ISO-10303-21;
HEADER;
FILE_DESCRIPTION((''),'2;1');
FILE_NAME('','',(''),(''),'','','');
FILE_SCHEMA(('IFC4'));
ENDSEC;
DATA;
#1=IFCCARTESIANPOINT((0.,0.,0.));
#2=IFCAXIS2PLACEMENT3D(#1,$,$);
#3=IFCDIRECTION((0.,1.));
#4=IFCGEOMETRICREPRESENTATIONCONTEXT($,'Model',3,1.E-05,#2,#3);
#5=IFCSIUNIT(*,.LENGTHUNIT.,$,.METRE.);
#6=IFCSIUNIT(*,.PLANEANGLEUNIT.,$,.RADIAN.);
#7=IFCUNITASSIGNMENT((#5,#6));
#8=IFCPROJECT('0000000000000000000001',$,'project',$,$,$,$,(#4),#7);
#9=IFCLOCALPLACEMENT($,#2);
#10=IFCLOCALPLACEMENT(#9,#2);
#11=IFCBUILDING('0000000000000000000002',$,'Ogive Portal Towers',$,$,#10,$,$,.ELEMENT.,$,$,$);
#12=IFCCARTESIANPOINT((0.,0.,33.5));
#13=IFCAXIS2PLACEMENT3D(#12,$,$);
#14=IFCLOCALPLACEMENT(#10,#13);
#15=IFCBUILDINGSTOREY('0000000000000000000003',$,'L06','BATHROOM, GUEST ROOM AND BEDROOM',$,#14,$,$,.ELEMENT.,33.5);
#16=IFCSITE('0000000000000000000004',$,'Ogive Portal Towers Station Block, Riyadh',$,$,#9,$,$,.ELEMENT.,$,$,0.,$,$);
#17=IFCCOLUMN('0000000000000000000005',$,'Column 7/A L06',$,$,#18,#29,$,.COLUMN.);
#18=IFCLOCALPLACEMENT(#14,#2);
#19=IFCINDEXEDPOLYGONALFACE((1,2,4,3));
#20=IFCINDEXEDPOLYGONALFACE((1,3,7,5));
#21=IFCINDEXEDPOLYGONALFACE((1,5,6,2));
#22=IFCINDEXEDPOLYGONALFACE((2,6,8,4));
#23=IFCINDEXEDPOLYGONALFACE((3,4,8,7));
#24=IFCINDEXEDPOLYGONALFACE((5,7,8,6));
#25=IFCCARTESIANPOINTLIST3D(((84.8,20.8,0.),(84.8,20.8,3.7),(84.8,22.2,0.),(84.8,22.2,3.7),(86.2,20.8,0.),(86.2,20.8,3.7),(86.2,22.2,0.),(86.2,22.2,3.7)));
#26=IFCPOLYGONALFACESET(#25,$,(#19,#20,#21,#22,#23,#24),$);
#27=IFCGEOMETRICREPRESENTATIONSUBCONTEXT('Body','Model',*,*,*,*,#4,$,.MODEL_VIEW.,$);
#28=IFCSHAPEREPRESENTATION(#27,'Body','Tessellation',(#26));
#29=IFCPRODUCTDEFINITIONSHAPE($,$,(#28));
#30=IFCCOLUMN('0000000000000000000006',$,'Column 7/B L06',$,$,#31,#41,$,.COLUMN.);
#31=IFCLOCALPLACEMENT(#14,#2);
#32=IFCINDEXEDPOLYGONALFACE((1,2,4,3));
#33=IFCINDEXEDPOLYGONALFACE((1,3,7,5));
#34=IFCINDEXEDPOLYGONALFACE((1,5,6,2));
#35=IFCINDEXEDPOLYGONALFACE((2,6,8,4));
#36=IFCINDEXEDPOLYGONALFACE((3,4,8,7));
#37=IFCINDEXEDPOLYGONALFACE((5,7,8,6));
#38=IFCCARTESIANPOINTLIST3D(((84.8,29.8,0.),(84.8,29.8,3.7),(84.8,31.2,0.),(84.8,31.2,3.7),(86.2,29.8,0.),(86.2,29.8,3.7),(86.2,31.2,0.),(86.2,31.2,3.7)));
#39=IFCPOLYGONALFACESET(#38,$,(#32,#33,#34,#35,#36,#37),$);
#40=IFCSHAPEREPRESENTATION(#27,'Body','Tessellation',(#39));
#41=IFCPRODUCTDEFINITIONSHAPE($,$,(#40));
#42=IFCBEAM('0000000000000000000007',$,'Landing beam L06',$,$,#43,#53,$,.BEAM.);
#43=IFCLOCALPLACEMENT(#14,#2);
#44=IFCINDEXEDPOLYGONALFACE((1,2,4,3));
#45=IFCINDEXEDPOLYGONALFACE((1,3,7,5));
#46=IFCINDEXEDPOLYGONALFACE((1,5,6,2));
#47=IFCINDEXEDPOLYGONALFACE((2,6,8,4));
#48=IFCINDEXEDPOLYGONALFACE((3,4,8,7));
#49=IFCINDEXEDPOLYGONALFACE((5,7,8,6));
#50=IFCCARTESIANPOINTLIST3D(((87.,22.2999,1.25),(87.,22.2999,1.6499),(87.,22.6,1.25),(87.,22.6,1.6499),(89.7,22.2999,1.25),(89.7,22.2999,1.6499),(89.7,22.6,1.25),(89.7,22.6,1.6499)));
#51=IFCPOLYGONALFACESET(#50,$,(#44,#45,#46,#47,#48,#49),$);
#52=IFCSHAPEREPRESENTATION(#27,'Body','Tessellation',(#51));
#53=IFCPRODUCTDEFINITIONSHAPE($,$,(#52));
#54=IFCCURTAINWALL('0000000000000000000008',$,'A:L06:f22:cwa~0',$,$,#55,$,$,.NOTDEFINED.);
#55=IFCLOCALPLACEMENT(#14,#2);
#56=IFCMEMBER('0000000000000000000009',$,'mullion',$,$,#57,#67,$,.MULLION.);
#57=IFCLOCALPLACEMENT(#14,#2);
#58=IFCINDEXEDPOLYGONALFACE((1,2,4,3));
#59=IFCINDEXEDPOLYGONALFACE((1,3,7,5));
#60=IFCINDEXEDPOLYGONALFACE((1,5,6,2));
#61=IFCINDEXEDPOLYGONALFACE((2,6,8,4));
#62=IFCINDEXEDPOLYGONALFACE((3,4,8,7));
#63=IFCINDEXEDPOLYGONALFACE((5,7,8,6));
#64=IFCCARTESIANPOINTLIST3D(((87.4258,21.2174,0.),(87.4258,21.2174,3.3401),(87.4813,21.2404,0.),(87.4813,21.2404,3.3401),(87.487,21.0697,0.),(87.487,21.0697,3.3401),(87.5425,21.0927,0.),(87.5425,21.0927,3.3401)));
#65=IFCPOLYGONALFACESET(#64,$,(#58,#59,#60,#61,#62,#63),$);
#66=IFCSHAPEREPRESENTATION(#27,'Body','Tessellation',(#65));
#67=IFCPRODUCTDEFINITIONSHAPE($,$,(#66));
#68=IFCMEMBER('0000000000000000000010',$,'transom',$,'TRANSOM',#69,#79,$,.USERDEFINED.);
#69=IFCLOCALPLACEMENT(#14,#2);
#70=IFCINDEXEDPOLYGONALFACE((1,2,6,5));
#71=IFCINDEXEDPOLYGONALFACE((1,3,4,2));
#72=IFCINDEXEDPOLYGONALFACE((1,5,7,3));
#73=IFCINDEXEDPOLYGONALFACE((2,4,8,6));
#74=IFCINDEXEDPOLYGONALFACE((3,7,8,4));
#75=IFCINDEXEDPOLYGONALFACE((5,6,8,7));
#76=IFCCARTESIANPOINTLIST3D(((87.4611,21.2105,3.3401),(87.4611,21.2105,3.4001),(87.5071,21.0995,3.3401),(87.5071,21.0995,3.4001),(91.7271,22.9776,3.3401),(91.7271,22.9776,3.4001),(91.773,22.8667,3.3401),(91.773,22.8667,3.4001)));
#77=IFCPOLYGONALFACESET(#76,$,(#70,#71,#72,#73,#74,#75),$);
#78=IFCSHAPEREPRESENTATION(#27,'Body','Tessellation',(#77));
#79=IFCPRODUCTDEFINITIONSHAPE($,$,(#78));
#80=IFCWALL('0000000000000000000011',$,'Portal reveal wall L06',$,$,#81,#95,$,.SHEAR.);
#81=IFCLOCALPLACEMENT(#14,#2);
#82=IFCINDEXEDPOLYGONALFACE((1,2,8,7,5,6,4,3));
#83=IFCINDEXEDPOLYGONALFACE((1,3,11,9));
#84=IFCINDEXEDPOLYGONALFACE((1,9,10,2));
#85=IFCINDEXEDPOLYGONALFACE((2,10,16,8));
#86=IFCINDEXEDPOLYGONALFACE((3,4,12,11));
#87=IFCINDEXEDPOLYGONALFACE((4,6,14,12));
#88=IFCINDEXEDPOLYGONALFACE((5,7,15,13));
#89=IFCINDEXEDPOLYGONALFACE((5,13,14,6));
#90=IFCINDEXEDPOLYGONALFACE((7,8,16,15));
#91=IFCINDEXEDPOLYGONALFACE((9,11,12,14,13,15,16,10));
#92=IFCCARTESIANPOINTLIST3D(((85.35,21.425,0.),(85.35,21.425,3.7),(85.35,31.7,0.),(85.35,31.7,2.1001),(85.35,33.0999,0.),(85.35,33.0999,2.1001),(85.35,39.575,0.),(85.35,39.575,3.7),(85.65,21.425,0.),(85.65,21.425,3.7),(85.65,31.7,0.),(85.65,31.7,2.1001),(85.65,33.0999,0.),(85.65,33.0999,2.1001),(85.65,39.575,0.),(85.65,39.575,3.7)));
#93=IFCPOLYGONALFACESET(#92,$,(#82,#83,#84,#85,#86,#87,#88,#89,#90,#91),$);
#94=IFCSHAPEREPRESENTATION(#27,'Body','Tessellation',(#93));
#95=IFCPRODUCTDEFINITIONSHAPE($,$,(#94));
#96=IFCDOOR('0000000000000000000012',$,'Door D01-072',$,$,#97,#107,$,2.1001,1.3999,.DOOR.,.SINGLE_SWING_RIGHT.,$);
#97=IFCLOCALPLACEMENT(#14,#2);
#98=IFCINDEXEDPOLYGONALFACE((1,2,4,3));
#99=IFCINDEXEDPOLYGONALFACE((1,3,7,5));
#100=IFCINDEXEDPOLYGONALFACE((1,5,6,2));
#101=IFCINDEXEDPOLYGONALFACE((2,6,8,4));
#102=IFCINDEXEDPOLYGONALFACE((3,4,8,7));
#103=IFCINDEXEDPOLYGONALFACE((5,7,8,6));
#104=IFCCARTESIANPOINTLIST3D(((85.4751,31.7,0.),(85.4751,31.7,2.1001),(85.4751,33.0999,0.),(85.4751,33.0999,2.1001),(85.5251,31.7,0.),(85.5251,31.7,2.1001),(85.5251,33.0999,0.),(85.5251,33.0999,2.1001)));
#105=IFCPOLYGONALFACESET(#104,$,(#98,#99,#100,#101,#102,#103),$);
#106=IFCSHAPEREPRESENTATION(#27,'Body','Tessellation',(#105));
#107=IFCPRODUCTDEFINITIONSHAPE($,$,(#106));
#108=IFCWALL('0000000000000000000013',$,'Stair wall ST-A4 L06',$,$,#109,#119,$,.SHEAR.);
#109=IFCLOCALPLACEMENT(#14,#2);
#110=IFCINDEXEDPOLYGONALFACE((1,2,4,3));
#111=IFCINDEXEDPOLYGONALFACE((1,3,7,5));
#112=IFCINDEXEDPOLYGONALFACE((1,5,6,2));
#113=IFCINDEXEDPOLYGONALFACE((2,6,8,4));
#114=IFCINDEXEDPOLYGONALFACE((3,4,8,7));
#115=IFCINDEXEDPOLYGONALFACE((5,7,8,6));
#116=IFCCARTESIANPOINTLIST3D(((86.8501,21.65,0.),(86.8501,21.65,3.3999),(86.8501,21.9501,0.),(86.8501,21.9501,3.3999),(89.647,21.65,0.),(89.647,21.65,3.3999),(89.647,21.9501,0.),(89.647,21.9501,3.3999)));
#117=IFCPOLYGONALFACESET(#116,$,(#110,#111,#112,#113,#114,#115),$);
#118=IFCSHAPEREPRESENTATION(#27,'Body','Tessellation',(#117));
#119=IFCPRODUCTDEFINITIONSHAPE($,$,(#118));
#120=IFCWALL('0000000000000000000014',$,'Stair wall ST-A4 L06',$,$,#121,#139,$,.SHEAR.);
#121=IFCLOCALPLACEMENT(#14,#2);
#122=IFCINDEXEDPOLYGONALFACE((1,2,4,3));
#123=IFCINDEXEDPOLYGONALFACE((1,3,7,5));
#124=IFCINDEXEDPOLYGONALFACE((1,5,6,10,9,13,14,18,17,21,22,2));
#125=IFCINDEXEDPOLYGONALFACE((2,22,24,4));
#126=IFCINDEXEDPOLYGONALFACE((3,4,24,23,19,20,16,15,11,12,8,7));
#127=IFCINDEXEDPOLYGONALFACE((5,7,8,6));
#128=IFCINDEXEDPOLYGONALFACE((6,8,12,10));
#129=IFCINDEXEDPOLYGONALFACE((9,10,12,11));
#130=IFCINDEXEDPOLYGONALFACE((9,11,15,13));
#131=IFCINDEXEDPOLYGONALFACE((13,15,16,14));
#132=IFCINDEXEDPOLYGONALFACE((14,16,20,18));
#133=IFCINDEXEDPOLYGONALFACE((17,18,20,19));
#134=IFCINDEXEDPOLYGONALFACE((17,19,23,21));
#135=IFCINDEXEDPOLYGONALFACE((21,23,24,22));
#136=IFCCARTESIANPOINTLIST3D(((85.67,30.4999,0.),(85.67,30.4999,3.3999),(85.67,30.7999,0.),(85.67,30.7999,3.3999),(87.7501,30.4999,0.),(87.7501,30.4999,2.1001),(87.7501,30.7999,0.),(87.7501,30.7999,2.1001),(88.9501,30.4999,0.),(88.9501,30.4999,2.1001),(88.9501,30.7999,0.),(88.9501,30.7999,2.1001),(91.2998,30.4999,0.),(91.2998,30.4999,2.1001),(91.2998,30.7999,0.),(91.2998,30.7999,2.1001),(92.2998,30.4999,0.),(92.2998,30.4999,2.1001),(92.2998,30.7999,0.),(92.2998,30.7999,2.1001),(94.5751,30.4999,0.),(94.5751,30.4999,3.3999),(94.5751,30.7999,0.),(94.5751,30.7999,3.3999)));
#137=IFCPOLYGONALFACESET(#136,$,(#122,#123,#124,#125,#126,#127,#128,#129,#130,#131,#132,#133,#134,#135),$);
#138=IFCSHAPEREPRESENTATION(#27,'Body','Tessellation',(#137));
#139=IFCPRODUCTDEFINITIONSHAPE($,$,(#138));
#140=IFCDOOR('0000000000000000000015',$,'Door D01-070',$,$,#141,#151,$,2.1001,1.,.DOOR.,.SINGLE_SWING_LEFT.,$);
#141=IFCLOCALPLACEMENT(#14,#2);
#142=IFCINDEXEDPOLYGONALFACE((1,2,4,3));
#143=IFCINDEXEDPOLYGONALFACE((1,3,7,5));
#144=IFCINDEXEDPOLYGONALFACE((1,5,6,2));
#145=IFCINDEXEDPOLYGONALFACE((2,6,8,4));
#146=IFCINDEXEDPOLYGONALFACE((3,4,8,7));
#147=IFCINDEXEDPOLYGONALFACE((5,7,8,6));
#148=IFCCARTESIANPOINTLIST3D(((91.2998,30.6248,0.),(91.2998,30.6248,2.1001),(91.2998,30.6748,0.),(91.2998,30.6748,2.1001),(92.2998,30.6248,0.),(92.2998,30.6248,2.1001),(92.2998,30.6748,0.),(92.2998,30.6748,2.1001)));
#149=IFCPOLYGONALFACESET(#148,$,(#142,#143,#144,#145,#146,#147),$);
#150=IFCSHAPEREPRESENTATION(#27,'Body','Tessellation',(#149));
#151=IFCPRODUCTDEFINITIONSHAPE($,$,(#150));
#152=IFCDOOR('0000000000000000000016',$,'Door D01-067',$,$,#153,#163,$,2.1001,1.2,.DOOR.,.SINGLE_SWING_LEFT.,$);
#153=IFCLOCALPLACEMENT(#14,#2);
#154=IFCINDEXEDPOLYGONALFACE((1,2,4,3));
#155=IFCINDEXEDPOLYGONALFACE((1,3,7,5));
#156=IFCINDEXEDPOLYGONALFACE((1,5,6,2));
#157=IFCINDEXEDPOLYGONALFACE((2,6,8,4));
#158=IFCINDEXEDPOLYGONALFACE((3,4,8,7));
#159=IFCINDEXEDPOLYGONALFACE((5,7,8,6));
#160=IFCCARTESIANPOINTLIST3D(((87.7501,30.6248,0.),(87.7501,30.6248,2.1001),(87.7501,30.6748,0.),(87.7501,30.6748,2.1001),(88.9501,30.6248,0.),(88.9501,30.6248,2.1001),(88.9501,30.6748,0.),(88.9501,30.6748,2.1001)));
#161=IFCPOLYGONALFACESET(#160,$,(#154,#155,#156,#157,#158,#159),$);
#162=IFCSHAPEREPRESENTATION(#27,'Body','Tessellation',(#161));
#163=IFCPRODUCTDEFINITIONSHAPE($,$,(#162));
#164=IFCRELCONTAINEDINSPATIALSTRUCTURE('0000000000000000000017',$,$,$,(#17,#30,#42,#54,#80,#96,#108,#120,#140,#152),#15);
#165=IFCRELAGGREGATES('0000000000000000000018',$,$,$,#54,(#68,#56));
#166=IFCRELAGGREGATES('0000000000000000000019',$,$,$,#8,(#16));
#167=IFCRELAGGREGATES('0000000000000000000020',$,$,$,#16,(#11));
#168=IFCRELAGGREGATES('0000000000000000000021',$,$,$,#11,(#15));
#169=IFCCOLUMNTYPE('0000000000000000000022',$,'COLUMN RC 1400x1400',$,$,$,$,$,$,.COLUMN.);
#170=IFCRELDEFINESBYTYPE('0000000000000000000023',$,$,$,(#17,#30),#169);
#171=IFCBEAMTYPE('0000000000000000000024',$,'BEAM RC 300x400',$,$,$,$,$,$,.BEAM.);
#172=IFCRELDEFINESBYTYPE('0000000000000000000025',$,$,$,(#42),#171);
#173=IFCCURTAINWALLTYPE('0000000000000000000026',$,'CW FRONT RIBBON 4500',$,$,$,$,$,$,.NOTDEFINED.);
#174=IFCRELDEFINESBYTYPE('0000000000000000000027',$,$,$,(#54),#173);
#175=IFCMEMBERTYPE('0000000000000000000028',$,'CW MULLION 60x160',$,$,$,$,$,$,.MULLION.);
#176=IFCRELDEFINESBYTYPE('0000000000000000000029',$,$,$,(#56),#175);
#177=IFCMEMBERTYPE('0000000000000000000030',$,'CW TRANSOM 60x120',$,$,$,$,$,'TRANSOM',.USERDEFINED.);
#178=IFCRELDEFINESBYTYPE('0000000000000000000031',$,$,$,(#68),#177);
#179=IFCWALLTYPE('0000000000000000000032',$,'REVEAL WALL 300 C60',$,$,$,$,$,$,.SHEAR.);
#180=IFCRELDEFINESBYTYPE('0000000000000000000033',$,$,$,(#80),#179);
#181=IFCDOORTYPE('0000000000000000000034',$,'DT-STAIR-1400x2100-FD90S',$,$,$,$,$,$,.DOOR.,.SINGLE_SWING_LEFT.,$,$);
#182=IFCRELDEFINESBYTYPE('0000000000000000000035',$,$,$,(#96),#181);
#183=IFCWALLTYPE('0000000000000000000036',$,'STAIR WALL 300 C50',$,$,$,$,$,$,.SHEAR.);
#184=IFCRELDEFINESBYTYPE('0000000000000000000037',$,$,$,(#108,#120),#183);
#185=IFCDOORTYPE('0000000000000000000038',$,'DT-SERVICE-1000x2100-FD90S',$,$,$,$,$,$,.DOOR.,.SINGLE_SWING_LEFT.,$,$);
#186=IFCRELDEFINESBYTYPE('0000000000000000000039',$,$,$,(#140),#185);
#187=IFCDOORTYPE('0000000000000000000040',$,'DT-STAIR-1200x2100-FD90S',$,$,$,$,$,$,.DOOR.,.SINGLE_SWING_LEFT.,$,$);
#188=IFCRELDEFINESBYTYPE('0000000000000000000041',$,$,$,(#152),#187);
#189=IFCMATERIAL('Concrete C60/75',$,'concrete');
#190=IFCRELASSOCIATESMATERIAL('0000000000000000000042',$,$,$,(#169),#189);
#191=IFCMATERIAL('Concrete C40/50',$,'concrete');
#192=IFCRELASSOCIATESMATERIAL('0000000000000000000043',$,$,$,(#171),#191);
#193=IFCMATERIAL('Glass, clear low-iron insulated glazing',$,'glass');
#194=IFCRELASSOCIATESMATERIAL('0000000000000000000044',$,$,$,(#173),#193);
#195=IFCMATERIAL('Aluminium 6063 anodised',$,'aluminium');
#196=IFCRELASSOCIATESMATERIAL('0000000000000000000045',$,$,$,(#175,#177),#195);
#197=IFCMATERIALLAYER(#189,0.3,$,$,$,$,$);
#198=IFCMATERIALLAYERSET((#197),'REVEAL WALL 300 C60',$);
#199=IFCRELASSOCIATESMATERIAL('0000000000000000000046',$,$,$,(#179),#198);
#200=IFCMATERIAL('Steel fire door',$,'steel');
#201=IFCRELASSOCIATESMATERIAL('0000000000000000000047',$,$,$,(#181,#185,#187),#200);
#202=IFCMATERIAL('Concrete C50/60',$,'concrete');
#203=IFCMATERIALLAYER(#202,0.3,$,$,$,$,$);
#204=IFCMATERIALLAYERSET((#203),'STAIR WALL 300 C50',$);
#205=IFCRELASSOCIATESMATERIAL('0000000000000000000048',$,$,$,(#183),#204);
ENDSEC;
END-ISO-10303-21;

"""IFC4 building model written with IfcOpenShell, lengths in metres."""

from ifc_helpers import new_model, si_unit, direction, frame, frame_2d, origin, origin_2d, place, context, subcontext, project, spatial, rectangle, extrude, material, layer, layer_set, material_profile, profile_set, type_object, element, fill, aggregate, save


model = new_model("IFC4")

# Units and contexts
model_context = context("Model", 3, precision=1e-05, world=origin(), true_north=direction((0.0, 1.0)))
body_context = subcontext(model_context, "Body", "Model", "MODEL_VIEW")
ifc_project = project(units=[si_unit("LENGTHUNIT", "METRE"), si_unit("PLANEANGLEUNIT", "RADIAN")], contexts=[model_context])

# Site, building, storey
site_placement = place(None, origin())
site = spatial("IfcSite", under=ifc_project, at=site_placement, Name="Ogive Portal Towers Station Block, Riyadh", CompositionType="ELEMENT", RefElevation=0.0)
building_placement = place(site_placement, origin())
building = spatial("IfcBuilding", under=site, at=building_placement, Name="Ogive Portal Towers", CompositionType="ELEMENT")
storey_placement = place(building_placement, frame((0.0, 0.0, 33.5)))
storey = spatial("IfcBuildingStorey", under=building, at=storey_placement, Name="L06", Description="BATHROOM, GUEST ROOM AND BEDROOM", CompositionType="ELEMENT", Elevation=33.5)

# Columns
ifc_material_1 = material(Name="Concrete C60/75", Category="concrete")
ifc_material_profile_1 = material_profile(ifc_material_1, rectangle(XDim=1.3999, YDim=1.3999, at=origin_2d()), Name="RC 1400x1400")
ifc_profile_set_1 = profile_set([ifc_material_profile_1], Name="Concrete C60/75")
column_type = type_object("IfcColumnType", Name="COLUMN RC 1400x1400", PredefinedType="COLUMN", material=ifc_profile_set_1)
for number, where, z_axis, x_axis, name in (
    (1, (85.5, 21.5, 0.0), (0.0, 0.0, 1.0), (1.0, 0.0, 0.0), "Column 7/A L06"),
    (2, (85.5, 30.5, 0.0), (0.0, 0.0, 1.0), (1.0, 0.0, 0.0), "Column 7/B L06"),
):
    element("IfcColumn", number, at=place(storey_placement, frame(where, z_axis=z_axis, x_axis=x_axis)), inside=storey, type_object=column_type, Name=name, PredefinedType="COLUMN", context=body_context, shape_type="SweptSolid", body=[
        extrude(rectangle(XDim=1.3999, YDim=1.3999, at=origin_2d()), origin(), (0.0, 0.0, 1.0), 3.7),
    ])

# Beam
ifc_material_2 = material(Name="Concrete C40/50", Category="concrete")
ifc_material_profile_2 = material_profile(ifc_material_2, rectangle(XDim=0.3, YDim=0.3999, at=origin_2d()), Name="RC 300x400")
ifc_profile_set_2 = profile_set([ifc_material_profile_2], Name="Concrete C40/50")
beam_type = type_object("IfcBeamType", Name="BEAM RC 300x400", PredefinedType="BEAM", material=ifc_profile_set_2)
beam_placement = place(storey_placement, frame((87.0, 22.45, 1.45), z_axis=(1.0, 0.0, 0.0), x_axis=(0.0, 1.0, 0.0)))
element("IfcBeam", 3, at=beam_placement, inside=storey, type_object=beam_type, Name="Landing beam L06", PredefinedType="BEAM", context=body_context, shape_type="SweptSolid", body=[
    extrude(rectangle(XDim=0.3, YDim=0.3999, at=origin_2d()), origin(), (0.0, 0.0, 1.0), 2.7),
])

# Curtain wall, members
ifc_material_3 = material(Name="Glass, clear low-iron insulated glazing", Category="glass")
curtain_wall_type = type_object("IfcCurtainWallType", Name="CW FRONT RIBBON 4500", PredefinedType="NOTDEFINED", material=ifc_material_3)
curtain_wall_placement = place(storey_placement, origin())
curtain_wall = element("IfcCurtainWall", 4, at=curtain_wall_placement, inside=storey, type_object=curtain_wall_type, Name="A:L06:f22:cwa~0", PredefinedType="NOTDEFINED")
ifc_material_4 = material(Name="Aluminium 6063 anodised", Category="aluminium")
ifc_material_profile_3 = material_profile(ifc_material_4, rectangle(XDim=0.1599, YDim=0.0601, at=origin_2d()), Name="AL 60x160")
ifc_profile_set_3 = profile_set([ifc_material_profile_3], Name="Aluminium 6063 anodised")
member_type_1 = type_object("IfcMemberType", Name="CW MULLION 60x160", PredefinedType="MULLION", material=ifc_profile_set_3)
member_1_placement = place(storey_placement, frame((87.4841, 21.155, 0.0), z_axis=(0.0, 0.0, 1.0), x_axis=(-0.382683, 0.92388, 0.0)))
member_1 = element("IfcMember", 5, at=member_1_placement, type_object=member_type_1, Name="mullion", PredefinedType="MULLION", context=body_context, shape_type="SweptSolid", body=[
    extrude(rectangle(XDim=0.1599, YDim=0.0601, at=origin_2d()), origin(), (0.0, 0.0, 1.0), 3.3401),
])
ifc_material_profile_4 = material_profile(ifc_material_4, rectangle(XDim=0.1201, YDim=0.0601, at=origin_2d()), Name="AL 120x60")
ifc_profile_set_4 = profile_set([ifc_material_profile_4], Name="Aluminium 6063 anodised")
member_type_2 = type_object("IfcMemberType", Name="CW TRANSOM 60x120", ElementType="TRANSOM", PredefinedType="USERDEFINED", material=ifc_profile_set_4)
member_2_placement = place(storey_placement, frame((87.4841, 21.155, 3.3701), z_axis=(0.923871, 0.382704, 0.0), x_axis=(-0.382704, 0.923871, 0.0)))
member_2 = element("IfcMember", 6, at=member_2_placement, type_object=member_type_2, Name="transom", ObjectType="TRANSOM", PredefinedType="USERDEFINED", context=body_context, shape_type="SweptSolid", body=[
    extrude(rectangle(XDim=0.1201, YDim=0.0601, at=origin_2d()), origin(), (0.0, 0.0, 1.0), 4.6174),
])
aggregate(curtain_wall, [member_2, member_1])

# Wall, opening, door
ifc_layer_1 = layer(ifc_material_1, 0.3)
ifc_layer_set_1 = layer_set([ifc_layer_1], Name="REVEAL WALL 300 C60")
wall_type_1 = type_object("IfcWallType", Name="REVEAL WALL 300 C60", PredefinedType="SHEAR", material=ifc_layer_set_1)
wall_1_placement = place(storey_placement, frame((85.5, 21.425, 0.0), z_axis=(0.0, 0.0, 1.0), x_axis=(0.0, 1.0, 0.0)))
wall_1 = element("IfcWall", 7, at=wall_1_placement, inside=storey, type_object=wall_type_1, Name="Portal reveal wall L06", PredefinedType="SHEAR", context=body_context, shape_type="SweptSolid", body=[
    extrude(rectangle(XDim=18.1499, YDim=0.3, at=frame_2d((9.075, 0.0))), origin(), (0.0, 0.0, 1.0), 3.7),
])
opening_1_placement = place(wall_1_placement, frame((10.2749, 0.0, 0.0)))
opening_1 = element("IfcOpeningElement", 8, at=opening_1_placement, cuts=wall_1, PredefinedType="OPENING", context=body_context, shape_type="SweptSolid", body=[
    extrude(rectangle(XDim=1.3999, YDim=2.1001, at=frame_2d((0.7, 1.05))), frame((0.0, 0.1602, 0.0), z_axis=(0.0, -1.0, 0.0), x_axis=(1.0, 0.0, 0.0)), (0.0, 0.0, 1.0), 0.3201),
])
ifc_material_5 = material(Name="Steel fire door", Category="steel")
door_type_1 = type_object("IfcDoorType", Name="DT-STAIR-1400x2100-FD90S", OperationType="SINGLE_SWING_LEFT", PredefinedType="DOOR", material=ifc_material_5)
door_1_placement = place(opening_1_placement, origin())
door_1 = element("IfcDoor", 9, at=door_1_placement, inside=storey, type_object=door_type_1, Name="Door D01-072", OperationType="SINGLE_SWING_RIGHT", OverallHeight=2.1001, OverallWidth=1.3999, PredefinedType="DOOR", context=body_context, shape_type="SweptSolid", body=[
    extrude(rectangle(XDim=1.3999, YDim=2.1001, at=frame_2d((0.7, 1.05))), frame((0.0, 0.0249, 0.0), z_axis=(0.0, -1.0, 0.0), x_axis=(1.0, 0.0, 0.0)), (0.0, 0.0, 1.0), 0.05),
])
fill(opening_1, door_1)

# Wall
ifc_material_6 = material(Name="Concrete C50/60", Category="concrete")
ifc_layer_2 = layer(ifc_material_6, 0.3)
ifc_layer_set_2 = layer_set([ifc_layer_2], Name="STAIR WALL 300 C50")
wall_type_2 = type_object("IfcWallType", Name="STAIR WALL 300 C50", PredefinedType="SHEAR", material=ifc_layer_set_2)
wall_2_placement = place(storey_placement, frame((86.8501, 21.8, 0.0), z_axis=(0.0, 0.0, 1.0), x_axis=(1.0, 0.0, 0.0)))
element("IfcWall", 10, at=wall_2_placement, inside=storey, type_object=wall_type_2, Name="Stair wall ST-A4 L06", PredefinedType="SHEAR", context=body_context, shape_type="SweptSolid", body=[
    extrude(rectangle(XDim=2.7969, YDim=0.3, at=frame_2d((1.3984, 0.0))), origin(), (0.0, 0.0, 1.0), 3.3999),
])

# Wall, openings, doors
wall_3_placement = place(storey_placement, frame((85.6699, 30.6499, 0.0), z_axis=(0.0, 0.0, 1.0), x_axis=(1.0, 0.0, 0.0)))
wall_3 = element("IfcWall", 11, at=wall_3_placement, inside=storey, type_object=wall_type_2, Name="Stair wall ST-A4 L06", PredefinedType="SHEAR", context=body_context, shape_type="SweptSolid", body=[
    extrude(rectangle(XDim=8.905, YDim=0.3, at=frame_2d((4.4526, 0.0))), origin(), (0.0, 0.0, 1.0), 3.3999),
])
opening_2_placement = place(wall_3_placement, frame((2.0801, 0.0, 0.0)))
opening_2 = element("IfcOpeningElement", 12, at=opening_2_placement, cuts=wall_3, PredefinedType="OPENING", context=body_context, shape_type="SweptSolid", body=[
    extrude(rectangle(XDim=1.2, YDim=2.1001, at=frame_2d((0.6001, 1.05))), frame((0.0, 0.1602, 0.0), z_axis=(0.0, -1.0, 0.0), x_axis=(1.0, 0.0, 0.0)), (0.0, 0.0, 1.0), 0.3201),
])
opening_3_placement = place(wall_3_placement, frame((5.6299, 0.0, 0.0)))
opening_3 = element("IfcOpeningElement", 13, at=opening_3_placement, cuts=wall_3, PredefinedType="OPENING", context=body_context, shape_type="SweptSolid", body=[
    extrude(rectangle(XDim=1.0, YDim=2.1001, at=frame_2d((0.5, 1.05))), frame((0.0, 0.1602, 0.0), z_axis=(0.0, -1.0, 0.0), x_axis=(1.0, 0.0, 0.0)), (0.0, 0.0, 1.0), 0.3201),
])
door_type_2 = type_object("IfcDoorType", Name="DT-SERVICE-1000x2100-FD90S", OperationType="SINGLE_SWING_LEFT", PredefinedType="DOOR", material=ifc_material_5)
door_2_placement = place(opening_3_placement, origin())
door_2 = element("IfcDoor", 14, at=door_2_placement, inside=storey, type_object=door_type_2, Name="Door D01-070", OperationType="SINGLE_SWING_LEFT", OverallHeight=2.1001, OverallWidth=1.0, PredefinedType="DOOR", context=body_context, shape_type="SweptSolid", body=[
    extrude(rectangle(XDim=1.0, YDim=2.1001, at=frame_2d((0.5, 1.05))), frame((0.0, 0.0249, 0.0), z_axis=(0.0, -1.0, 0.0), x_axis=(1.0, 0.0, 0.0)), (0.0, 0.0, 1.0), 0.05),
])
fill(opening_3, door_2)
door_type_3 = type_object("IfcDoorType", Name="DT-STAIR-1200x2100-FD90S", OperationType="SINGLE_SWING_LEFT", PredefinedType="DOOR", material=ifc_material_5)
door_3_placement = place(opening_2_placement, origin())
door_3 = element("IfcDoor", 15, at=door_3_placement, inside=storey, type_object=door_type_3, Name="Door D01-067", OperationType="SINGLE_SWING_LEFT", OverallHeight=2.1001, OverallWidth=1.2, PredefinedType="DOOR", context=body_context, shape_type="SweptSolid", body=[
    extrude(rectangle(XDim=1.2, YDim=2.1001, at=frame_2d((0.6001, 1.05))), frame((0.0, 0.0249, 0.0), z_axis=(0.0, -1.0, 0.0), x_axis=(1.0, 0.0, 0.0)), (0.0, 0.0, 1.0), 0.05),
])
fill(opening_2, door_3)

save(model, "model.ifc")
